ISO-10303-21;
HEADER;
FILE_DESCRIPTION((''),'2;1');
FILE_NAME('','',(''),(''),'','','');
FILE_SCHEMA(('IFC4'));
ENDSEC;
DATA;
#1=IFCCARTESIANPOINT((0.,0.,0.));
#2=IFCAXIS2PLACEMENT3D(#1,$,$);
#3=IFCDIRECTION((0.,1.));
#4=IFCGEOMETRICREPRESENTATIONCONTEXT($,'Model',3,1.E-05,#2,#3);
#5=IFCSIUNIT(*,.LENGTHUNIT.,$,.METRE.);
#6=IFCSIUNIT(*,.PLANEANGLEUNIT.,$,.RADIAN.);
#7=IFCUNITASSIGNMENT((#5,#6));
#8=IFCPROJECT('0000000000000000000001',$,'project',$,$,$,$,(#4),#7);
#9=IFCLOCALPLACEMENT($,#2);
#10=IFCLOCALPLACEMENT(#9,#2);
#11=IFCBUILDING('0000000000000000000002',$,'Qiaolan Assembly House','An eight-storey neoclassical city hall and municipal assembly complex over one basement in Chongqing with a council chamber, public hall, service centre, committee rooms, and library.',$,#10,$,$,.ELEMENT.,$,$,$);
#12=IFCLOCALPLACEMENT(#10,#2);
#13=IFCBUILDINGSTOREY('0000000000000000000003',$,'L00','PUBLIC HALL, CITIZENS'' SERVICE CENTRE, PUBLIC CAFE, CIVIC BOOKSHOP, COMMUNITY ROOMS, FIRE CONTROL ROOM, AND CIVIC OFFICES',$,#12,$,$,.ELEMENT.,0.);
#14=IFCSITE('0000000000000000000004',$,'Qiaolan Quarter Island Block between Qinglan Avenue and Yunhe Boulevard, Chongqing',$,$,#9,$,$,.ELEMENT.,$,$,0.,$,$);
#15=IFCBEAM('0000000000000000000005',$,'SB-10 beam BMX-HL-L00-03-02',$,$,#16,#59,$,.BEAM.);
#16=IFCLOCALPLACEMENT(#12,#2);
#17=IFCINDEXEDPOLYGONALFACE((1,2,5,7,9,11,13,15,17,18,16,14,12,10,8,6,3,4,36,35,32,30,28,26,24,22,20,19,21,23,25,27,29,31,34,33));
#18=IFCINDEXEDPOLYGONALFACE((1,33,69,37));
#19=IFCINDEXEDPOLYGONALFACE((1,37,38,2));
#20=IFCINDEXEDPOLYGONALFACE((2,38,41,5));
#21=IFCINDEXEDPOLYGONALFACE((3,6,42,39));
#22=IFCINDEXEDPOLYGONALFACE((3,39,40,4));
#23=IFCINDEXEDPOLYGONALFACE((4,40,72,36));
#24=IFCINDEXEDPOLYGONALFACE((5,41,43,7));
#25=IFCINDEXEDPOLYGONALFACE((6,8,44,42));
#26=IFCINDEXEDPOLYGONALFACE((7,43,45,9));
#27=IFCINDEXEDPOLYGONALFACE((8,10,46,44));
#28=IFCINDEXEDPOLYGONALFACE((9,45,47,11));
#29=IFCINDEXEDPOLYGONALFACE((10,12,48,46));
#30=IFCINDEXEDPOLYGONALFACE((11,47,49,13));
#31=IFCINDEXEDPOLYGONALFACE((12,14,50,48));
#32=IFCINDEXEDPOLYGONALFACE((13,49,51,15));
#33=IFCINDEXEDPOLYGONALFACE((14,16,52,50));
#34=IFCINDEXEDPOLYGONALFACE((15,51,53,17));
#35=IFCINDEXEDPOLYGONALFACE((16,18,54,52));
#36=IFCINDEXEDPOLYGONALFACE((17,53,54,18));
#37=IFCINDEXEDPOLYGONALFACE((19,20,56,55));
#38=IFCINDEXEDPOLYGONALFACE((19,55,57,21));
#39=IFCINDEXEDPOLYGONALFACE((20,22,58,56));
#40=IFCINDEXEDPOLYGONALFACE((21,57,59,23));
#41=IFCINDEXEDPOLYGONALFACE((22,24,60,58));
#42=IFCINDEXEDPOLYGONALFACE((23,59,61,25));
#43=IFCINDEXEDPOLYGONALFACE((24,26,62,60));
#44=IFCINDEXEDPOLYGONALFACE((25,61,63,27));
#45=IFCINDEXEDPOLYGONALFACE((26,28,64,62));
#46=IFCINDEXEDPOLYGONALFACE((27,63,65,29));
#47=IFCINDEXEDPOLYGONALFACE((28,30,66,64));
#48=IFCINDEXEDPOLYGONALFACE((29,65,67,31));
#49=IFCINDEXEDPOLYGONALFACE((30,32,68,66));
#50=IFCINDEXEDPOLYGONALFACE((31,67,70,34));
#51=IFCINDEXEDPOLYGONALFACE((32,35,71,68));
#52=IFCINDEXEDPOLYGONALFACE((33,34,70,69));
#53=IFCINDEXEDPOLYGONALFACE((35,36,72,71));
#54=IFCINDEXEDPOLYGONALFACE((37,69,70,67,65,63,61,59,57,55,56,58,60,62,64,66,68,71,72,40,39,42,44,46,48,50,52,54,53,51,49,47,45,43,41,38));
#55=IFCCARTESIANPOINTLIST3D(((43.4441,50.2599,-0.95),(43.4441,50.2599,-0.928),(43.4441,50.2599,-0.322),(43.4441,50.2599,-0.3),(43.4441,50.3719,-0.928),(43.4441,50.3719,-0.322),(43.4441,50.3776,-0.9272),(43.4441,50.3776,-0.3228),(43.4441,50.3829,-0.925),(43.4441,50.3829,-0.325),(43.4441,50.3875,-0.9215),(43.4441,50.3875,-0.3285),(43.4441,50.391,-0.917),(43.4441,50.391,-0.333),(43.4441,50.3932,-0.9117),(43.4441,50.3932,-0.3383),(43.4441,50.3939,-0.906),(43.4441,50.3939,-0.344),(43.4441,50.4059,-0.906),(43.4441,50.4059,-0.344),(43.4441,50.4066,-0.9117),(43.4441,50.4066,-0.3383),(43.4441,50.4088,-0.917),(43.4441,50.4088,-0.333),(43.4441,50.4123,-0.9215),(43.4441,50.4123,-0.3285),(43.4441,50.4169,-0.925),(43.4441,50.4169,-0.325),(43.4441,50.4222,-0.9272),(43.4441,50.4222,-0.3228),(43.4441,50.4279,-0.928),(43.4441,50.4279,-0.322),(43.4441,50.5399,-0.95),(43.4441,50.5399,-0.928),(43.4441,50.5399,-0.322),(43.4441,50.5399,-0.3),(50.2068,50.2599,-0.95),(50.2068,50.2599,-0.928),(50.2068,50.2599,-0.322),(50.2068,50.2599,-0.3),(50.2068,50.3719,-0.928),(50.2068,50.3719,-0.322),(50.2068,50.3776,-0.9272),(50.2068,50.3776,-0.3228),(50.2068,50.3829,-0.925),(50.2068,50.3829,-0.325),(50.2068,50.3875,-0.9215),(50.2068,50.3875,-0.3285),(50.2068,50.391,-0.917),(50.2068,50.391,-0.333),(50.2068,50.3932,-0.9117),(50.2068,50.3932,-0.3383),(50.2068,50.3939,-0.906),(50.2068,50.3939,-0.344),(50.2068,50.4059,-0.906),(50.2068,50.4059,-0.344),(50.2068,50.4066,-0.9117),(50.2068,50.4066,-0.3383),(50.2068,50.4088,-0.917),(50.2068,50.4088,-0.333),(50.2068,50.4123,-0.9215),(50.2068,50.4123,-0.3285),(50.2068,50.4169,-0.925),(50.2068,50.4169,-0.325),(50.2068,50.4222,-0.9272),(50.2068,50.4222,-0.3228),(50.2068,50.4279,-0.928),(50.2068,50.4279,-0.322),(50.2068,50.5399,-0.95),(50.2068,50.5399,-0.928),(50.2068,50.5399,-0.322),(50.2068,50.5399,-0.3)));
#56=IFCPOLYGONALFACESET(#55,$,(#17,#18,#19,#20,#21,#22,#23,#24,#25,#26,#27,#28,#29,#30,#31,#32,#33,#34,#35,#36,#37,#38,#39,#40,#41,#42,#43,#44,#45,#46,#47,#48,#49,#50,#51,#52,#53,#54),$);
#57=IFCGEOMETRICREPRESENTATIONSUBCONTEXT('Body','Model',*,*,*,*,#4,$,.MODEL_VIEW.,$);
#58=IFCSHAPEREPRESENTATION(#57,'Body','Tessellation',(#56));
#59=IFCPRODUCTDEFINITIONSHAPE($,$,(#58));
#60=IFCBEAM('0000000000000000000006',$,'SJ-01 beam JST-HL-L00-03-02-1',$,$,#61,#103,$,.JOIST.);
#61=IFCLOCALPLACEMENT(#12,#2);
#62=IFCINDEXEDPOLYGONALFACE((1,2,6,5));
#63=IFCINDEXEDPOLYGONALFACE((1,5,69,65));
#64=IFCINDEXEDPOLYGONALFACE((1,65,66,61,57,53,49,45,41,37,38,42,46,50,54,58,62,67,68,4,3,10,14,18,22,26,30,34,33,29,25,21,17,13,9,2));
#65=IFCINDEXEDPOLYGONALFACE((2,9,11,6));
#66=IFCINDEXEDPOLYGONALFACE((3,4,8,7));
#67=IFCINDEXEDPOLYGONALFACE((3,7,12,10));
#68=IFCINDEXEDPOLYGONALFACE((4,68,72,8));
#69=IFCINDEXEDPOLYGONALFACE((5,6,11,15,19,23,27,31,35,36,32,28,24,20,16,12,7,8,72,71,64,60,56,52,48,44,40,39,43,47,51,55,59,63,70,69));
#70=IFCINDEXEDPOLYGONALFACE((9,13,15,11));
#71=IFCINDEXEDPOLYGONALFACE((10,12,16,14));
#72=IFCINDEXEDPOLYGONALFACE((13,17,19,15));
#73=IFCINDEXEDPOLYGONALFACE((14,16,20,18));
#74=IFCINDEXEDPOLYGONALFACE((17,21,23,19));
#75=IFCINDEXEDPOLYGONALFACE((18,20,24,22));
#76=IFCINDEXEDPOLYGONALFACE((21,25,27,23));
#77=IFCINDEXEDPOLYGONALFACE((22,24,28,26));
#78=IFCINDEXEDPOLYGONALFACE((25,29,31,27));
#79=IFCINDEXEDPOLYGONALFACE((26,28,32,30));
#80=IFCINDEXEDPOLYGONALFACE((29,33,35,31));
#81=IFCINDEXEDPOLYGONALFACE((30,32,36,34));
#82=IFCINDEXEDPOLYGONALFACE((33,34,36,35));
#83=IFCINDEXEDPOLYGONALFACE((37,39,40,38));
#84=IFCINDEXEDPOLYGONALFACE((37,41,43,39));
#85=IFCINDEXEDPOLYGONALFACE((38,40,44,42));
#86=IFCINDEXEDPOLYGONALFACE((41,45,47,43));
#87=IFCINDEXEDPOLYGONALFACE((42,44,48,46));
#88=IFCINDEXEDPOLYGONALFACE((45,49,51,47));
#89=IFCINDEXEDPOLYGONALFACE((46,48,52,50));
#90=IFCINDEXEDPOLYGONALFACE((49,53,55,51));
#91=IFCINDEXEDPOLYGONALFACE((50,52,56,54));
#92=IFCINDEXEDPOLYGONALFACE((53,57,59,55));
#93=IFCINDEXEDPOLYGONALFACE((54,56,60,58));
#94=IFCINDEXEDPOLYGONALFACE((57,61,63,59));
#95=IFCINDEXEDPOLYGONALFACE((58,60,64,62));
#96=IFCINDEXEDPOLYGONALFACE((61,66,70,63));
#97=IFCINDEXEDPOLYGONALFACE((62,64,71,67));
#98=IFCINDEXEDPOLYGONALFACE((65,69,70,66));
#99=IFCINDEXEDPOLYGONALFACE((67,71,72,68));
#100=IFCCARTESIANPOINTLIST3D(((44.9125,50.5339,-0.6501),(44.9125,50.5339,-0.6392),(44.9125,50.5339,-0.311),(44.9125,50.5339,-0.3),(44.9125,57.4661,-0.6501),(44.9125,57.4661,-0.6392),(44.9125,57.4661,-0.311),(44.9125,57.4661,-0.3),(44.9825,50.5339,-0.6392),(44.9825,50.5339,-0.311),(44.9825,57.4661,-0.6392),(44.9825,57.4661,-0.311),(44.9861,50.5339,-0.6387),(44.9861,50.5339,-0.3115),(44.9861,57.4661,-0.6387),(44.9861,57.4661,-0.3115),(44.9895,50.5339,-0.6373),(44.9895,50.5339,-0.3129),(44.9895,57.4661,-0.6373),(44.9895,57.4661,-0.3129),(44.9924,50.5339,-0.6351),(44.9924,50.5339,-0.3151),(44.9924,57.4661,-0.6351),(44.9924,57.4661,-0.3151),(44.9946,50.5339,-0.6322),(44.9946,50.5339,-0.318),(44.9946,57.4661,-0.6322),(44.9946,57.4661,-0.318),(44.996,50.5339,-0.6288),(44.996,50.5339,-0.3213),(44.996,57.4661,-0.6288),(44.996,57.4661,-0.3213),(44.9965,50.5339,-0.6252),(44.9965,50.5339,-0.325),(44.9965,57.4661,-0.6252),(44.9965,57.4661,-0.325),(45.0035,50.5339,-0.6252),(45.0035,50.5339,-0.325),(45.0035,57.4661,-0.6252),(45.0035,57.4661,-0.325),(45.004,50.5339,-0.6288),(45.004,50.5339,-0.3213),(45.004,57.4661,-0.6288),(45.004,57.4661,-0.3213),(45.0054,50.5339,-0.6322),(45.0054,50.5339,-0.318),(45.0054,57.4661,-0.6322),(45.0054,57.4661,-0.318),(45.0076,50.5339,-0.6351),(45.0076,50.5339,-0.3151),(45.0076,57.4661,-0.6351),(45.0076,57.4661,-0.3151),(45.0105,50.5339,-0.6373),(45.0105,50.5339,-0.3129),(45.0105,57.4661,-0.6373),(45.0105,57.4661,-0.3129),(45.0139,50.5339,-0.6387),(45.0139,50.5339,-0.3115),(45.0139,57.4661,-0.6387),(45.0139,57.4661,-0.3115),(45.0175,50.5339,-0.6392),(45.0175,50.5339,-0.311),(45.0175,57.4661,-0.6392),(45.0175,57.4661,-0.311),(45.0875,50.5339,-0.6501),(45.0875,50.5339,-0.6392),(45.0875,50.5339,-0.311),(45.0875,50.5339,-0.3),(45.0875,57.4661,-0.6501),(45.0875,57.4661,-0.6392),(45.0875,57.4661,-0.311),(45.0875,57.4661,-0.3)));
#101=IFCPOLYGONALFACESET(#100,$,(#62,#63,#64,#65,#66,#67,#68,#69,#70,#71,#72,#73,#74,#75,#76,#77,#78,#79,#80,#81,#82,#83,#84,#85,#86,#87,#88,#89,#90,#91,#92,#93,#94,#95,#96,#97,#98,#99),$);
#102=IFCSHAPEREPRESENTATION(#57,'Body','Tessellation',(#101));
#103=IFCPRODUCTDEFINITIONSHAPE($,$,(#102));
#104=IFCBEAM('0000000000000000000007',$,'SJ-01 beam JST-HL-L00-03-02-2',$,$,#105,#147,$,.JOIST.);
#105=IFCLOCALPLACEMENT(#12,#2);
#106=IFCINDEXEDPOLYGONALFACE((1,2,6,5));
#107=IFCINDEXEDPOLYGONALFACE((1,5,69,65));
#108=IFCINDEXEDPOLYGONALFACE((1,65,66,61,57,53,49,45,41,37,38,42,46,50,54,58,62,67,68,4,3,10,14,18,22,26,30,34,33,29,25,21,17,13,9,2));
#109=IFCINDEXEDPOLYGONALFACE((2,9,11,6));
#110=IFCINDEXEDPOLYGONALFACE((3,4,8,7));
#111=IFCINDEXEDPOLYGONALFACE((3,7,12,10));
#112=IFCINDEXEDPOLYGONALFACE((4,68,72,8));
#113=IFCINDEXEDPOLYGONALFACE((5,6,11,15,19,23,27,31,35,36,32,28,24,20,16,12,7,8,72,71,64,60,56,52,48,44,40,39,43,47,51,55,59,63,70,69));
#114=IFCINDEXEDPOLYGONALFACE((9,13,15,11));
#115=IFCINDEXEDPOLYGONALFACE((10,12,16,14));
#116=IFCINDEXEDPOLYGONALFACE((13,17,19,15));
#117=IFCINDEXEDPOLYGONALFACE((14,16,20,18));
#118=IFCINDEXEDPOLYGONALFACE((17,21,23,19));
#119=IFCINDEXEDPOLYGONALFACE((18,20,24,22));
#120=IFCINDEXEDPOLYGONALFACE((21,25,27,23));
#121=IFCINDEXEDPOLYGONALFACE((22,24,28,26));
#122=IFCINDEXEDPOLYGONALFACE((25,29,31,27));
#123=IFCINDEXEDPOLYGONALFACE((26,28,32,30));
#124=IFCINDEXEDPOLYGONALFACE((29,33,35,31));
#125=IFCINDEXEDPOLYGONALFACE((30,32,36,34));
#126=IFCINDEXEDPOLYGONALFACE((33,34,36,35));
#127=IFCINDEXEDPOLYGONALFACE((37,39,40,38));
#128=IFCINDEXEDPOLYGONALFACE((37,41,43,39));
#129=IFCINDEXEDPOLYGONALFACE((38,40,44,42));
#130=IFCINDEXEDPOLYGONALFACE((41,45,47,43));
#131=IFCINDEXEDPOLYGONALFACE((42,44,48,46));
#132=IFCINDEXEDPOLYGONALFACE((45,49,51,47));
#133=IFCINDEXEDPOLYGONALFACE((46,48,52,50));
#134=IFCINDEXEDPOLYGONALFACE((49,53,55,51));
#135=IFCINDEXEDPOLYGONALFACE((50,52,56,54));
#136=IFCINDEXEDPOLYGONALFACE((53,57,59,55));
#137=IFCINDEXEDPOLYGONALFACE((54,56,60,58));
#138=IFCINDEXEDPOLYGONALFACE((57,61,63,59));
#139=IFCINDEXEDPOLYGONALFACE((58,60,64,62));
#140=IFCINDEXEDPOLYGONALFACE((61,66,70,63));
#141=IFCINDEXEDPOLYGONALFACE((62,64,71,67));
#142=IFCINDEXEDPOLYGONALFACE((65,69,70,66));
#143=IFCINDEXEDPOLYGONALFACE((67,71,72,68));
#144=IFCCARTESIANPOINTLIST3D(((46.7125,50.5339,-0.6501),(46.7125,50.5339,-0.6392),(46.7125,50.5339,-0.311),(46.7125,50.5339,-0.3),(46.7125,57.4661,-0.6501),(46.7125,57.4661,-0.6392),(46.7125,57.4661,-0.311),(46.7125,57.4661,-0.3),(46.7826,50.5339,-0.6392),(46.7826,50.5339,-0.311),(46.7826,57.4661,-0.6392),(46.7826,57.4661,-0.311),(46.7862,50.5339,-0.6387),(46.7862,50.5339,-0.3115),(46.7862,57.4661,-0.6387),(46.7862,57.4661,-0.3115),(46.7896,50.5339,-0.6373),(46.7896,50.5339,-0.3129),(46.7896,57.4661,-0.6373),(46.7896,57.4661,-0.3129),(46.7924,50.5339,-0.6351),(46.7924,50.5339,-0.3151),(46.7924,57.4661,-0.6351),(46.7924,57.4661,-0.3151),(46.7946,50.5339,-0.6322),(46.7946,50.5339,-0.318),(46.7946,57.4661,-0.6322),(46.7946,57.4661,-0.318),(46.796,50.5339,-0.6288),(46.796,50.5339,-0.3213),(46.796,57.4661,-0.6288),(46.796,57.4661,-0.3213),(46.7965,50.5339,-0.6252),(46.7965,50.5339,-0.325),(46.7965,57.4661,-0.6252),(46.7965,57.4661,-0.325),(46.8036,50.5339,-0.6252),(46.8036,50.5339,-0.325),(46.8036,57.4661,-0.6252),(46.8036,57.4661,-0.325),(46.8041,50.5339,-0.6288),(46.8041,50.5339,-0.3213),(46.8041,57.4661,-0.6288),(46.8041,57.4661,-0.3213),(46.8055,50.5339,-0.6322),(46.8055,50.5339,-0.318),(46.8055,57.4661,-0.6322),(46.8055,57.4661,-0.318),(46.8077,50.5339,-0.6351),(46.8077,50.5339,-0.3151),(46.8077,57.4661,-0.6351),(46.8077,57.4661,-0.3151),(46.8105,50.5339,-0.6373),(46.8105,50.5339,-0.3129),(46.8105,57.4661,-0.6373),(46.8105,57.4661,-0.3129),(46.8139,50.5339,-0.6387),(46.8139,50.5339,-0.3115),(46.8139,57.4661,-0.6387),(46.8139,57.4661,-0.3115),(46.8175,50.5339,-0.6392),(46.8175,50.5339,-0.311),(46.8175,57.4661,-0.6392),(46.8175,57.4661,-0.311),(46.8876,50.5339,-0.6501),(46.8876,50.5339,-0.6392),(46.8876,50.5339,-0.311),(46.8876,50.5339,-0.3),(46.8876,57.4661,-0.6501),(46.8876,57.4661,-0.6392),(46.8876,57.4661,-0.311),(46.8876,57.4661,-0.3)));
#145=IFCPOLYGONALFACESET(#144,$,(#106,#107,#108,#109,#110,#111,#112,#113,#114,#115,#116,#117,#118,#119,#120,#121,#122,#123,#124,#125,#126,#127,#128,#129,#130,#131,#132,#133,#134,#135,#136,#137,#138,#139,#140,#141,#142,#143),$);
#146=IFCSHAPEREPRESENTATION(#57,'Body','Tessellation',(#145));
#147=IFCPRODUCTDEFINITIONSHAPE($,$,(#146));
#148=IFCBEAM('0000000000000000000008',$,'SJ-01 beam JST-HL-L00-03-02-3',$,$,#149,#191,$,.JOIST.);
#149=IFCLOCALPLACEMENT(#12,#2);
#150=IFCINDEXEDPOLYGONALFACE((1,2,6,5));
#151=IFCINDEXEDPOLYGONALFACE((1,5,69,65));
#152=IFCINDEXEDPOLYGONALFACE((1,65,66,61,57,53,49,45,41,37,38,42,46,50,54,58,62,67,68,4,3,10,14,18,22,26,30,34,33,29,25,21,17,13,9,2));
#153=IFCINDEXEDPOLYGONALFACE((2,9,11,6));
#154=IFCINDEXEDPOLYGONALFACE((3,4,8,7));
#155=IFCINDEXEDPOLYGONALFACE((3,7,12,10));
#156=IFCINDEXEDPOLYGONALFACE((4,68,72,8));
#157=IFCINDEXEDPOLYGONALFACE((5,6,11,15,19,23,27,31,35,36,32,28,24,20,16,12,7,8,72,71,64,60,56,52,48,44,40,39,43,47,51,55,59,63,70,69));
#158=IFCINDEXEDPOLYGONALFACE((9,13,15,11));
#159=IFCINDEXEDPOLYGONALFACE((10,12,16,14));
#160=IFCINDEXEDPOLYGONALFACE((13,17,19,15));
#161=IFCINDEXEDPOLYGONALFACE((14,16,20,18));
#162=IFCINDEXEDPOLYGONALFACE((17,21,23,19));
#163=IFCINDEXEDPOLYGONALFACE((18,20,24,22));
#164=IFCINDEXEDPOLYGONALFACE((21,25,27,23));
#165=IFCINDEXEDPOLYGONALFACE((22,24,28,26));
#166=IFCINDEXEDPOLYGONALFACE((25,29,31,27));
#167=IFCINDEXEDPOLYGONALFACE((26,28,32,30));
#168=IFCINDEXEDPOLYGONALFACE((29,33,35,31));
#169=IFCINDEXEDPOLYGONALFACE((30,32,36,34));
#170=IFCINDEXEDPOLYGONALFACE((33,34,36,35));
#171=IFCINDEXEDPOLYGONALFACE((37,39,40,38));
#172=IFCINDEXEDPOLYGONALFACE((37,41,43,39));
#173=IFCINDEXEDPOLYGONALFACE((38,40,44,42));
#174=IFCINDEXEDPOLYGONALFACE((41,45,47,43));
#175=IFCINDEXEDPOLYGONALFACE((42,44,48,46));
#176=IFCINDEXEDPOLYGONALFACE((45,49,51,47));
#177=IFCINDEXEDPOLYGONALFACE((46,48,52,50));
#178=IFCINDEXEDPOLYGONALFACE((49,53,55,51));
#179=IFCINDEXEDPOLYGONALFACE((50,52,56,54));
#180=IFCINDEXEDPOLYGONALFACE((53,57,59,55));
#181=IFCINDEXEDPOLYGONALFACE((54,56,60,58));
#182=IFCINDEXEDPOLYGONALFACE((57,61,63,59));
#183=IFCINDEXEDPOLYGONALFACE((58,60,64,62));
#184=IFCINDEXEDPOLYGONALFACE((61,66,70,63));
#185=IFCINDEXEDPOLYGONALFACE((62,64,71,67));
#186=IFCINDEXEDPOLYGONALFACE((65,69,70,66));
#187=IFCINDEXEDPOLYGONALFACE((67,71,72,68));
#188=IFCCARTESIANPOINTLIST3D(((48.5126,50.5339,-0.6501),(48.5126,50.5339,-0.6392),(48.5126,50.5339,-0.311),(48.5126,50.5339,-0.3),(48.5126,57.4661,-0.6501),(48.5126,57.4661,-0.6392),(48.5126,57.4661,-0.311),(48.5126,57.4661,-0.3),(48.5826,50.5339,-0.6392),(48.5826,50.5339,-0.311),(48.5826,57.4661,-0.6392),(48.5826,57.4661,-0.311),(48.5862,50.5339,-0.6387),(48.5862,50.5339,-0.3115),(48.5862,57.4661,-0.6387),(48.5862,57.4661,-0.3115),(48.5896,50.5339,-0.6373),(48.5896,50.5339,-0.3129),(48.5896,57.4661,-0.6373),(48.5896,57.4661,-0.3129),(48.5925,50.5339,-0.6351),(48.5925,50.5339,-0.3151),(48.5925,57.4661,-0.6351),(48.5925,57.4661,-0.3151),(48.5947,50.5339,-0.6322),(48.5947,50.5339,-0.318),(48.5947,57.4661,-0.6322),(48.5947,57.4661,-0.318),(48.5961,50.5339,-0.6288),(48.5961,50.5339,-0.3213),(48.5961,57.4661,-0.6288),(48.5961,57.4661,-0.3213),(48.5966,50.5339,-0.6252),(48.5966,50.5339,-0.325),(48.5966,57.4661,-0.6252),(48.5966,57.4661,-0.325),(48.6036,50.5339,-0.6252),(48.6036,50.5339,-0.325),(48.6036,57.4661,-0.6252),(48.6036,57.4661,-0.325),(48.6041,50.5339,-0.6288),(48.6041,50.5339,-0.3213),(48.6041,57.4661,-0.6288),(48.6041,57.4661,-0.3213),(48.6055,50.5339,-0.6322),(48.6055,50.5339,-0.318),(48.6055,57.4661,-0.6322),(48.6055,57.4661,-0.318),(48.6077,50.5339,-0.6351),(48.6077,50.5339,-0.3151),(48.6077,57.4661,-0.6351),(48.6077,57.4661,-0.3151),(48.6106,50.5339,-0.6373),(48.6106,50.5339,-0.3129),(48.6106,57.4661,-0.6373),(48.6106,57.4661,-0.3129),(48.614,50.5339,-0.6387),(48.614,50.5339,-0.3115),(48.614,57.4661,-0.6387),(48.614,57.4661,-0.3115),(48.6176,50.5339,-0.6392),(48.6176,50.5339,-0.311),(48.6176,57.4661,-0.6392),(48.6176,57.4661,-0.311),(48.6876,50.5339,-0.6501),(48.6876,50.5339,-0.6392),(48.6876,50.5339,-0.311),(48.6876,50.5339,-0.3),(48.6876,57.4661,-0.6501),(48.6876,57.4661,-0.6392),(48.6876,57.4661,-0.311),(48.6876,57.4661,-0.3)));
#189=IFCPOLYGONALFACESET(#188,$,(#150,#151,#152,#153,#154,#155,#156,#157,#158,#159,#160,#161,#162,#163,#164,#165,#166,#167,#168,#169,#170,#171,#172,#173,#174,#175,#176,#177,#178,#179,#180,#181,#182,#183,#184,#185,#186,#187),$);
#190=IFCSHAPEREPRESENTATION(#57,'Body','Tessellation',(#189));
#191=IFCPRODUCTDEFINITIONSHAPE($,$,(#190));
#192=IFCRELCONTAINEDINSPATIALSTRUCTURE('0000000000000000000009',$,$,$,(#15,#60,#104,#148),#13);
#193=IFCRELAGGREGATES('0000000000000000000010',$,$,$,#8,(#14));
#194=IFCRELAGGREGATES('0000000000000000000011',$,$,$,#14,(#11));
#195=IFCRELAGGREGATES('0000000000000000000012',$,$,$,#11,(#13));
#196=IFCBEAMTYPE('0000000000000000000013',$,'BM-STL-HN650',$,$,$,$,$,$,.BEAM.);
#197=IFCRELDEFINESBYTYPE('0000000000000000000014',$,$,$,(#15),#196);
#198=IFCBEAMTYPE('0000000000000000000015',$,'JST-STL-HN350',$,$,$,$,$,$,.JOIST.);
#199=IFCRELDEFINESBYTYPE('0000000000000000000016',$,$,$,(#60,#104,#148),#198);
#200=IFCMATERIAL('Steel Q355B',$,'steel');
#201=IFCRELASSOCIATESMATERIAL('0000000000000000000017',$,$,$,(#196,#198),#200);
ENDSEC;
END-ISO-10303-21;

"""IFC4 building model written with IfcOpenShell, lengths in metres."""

from ifc_helpers import new_model, si_unit, direction, frame, origin, origin_2d, place, context, subcontext, project, spatial, i_section, extrude, material, material_profile, profile_set, type_object, element, save


model = new_model("IFC4")

# Units and contexts
model_context = context("Model", 3, precision=1e-05, world=origin(), true_north=direction((0.0, 1.0)))
body_context = subcontext(model_context, "Body", "Model", "MODEL_VIEW")
ifc_project = project(units=[si_unit("LENGTHUNIT", "METRE"), si_unit("PLANEANGLEUNIT", "RADIAN")], contexts=[model_context])

# Site, building, storey
site_placement = place(None, origin())
site = spatial("IfcSite", under=ifc_project, at=site_placement, Name="Qiaolan Quarter Island Block between Qinglan Avenue and Yunhe Boulevard, Chongqing", CompositionType="ELEMENT", RefElevation=0.0)
building_placement = place(site_placement, origin())
building = spatial("IfcBuilding", under=site, at=building_placement, Name="Qiaolan Assembly House", Description="An eight-storey neoclassical city hall and municipal assembly complex over one basement in Chongqing with a council chamber, public hall, service centre, committee rooms, and library.", CompositionType="ELEMENT")
storey_placement = place(building_placement, origin())
storey = spatial("IfcBuildingStorey", under=building, at=storey_placement, Name="L00", Description="PUBLIC HALL, CITIZENS' SERVICE CENTRE, PUBLIC CAFE, CIVIC BOOKSHOP, COMMUNITY ROOMS, FIRE CONTROL ROOM, AND CIVIC OFFICES", CompositionType="ELEMENT", Elevation=0.0)

# Shared definitions
ifc_material_1 = material(Name="Steel Q355B", Category="steel")

# Beams
ifc_material_profile_1 = material_profile(ifc_material_1, i_section(OverallWidth=0.28, OverallDepth=0.6499, WebThickness=0.012, FlangeThickness=0.022, FilletRadius=0.022, at=origin_2d()), Name="HN 650x280x12x22")
ifc_profile_set_1 = profile_set([ifc_material_profile_1], Name="Steel Q355B")
beam_type_1 = type_object("IfcBeamType", Name="BM-STL-HN650", PredefinedType="BEAM", material=ifc_profile_set_1)
beam_1_placement = place(storey_placement, frame((43.4441, 50.3999, -0.625), z_axis=(1.0, 0.0, 0.0), x_axis=(0.0, 1.0, 0.0)))
element("IfcBeam", 1, at=beam_1_placement, inside=storey, type_object=beam_type_1, Name="SB-10 beam BMX-HL-L00-03-02", PredefinedType="BEAM", context=body_context, shape_type="SweptSolid", body=[
    extrude(i_section(OverallWidth=0.28, OverallDepth=0.6499, WebThickness=0.012, FlangeThickness=0.022, FilletRadius=0.022, at=origin_2d()), origin(), (0.0, 0.0, 1.0), 6.7627),
])
ifc_material_profile_2 = material_profile(ifc_material_1, i_section(OverallWidth=0.175, OverallDepth=0.3501, WebThickness=0.0071, FlangeThickness=0.011, FilletRadius=0.0139, at=origin_2d()), Name="HN 350x175x7x11")
ifc_profile_set_2 = profile_set([ifc_material_profile_2], Name="Steel Q355B")
beam_type_2 = type_object("IfcBeamType", Name="JST-STL-HN350", PredefinedType="JOIST", material=ifc_profile_set_2)
for number, where, z_axis, x_axis, name in (
    (2, (45.0, 50.5339, -0.4751), (0.0, 1.0, 0.0), (-1.0, 0.0, 0.0), "SJ-01 beam JST-HL-L00-03-02-1"),
    (3, (46.8, 50.5339, -0.4751), (0.0, 1.0, 0.0), (-1.0, 0.0, 0.0), "SJ-01 beam JST-HL-L00-03-02-2"),
    (4, (48.6001, 50.5339, -0.4751), (0.0, 1.0, 0.0), (-1.0, 0.0, 0.0), "SJ-01 beam JST-HL-L00-03-02-3"),
):
    element("IfcBeam", number, at=place(storey_placement, frame(where, z_axis=z_axis, x_axis=x_axis)), inside=storey, type_object=beam_type_2, Name=name, PredefinedType="JOIST", context=body_context, shape_type="SweptSolid", body=[
        extrude(i_section(OverallWidth=0.175, OverallDepth=0.3501, WebThickness=0.0071, FlangeThickness=0.011, FilletRadius=0.0139, at=origin_2d()), origin(), (0.0, 0.0, 1.0), 6.9321),
    ])

save(model, "model.ifc")
